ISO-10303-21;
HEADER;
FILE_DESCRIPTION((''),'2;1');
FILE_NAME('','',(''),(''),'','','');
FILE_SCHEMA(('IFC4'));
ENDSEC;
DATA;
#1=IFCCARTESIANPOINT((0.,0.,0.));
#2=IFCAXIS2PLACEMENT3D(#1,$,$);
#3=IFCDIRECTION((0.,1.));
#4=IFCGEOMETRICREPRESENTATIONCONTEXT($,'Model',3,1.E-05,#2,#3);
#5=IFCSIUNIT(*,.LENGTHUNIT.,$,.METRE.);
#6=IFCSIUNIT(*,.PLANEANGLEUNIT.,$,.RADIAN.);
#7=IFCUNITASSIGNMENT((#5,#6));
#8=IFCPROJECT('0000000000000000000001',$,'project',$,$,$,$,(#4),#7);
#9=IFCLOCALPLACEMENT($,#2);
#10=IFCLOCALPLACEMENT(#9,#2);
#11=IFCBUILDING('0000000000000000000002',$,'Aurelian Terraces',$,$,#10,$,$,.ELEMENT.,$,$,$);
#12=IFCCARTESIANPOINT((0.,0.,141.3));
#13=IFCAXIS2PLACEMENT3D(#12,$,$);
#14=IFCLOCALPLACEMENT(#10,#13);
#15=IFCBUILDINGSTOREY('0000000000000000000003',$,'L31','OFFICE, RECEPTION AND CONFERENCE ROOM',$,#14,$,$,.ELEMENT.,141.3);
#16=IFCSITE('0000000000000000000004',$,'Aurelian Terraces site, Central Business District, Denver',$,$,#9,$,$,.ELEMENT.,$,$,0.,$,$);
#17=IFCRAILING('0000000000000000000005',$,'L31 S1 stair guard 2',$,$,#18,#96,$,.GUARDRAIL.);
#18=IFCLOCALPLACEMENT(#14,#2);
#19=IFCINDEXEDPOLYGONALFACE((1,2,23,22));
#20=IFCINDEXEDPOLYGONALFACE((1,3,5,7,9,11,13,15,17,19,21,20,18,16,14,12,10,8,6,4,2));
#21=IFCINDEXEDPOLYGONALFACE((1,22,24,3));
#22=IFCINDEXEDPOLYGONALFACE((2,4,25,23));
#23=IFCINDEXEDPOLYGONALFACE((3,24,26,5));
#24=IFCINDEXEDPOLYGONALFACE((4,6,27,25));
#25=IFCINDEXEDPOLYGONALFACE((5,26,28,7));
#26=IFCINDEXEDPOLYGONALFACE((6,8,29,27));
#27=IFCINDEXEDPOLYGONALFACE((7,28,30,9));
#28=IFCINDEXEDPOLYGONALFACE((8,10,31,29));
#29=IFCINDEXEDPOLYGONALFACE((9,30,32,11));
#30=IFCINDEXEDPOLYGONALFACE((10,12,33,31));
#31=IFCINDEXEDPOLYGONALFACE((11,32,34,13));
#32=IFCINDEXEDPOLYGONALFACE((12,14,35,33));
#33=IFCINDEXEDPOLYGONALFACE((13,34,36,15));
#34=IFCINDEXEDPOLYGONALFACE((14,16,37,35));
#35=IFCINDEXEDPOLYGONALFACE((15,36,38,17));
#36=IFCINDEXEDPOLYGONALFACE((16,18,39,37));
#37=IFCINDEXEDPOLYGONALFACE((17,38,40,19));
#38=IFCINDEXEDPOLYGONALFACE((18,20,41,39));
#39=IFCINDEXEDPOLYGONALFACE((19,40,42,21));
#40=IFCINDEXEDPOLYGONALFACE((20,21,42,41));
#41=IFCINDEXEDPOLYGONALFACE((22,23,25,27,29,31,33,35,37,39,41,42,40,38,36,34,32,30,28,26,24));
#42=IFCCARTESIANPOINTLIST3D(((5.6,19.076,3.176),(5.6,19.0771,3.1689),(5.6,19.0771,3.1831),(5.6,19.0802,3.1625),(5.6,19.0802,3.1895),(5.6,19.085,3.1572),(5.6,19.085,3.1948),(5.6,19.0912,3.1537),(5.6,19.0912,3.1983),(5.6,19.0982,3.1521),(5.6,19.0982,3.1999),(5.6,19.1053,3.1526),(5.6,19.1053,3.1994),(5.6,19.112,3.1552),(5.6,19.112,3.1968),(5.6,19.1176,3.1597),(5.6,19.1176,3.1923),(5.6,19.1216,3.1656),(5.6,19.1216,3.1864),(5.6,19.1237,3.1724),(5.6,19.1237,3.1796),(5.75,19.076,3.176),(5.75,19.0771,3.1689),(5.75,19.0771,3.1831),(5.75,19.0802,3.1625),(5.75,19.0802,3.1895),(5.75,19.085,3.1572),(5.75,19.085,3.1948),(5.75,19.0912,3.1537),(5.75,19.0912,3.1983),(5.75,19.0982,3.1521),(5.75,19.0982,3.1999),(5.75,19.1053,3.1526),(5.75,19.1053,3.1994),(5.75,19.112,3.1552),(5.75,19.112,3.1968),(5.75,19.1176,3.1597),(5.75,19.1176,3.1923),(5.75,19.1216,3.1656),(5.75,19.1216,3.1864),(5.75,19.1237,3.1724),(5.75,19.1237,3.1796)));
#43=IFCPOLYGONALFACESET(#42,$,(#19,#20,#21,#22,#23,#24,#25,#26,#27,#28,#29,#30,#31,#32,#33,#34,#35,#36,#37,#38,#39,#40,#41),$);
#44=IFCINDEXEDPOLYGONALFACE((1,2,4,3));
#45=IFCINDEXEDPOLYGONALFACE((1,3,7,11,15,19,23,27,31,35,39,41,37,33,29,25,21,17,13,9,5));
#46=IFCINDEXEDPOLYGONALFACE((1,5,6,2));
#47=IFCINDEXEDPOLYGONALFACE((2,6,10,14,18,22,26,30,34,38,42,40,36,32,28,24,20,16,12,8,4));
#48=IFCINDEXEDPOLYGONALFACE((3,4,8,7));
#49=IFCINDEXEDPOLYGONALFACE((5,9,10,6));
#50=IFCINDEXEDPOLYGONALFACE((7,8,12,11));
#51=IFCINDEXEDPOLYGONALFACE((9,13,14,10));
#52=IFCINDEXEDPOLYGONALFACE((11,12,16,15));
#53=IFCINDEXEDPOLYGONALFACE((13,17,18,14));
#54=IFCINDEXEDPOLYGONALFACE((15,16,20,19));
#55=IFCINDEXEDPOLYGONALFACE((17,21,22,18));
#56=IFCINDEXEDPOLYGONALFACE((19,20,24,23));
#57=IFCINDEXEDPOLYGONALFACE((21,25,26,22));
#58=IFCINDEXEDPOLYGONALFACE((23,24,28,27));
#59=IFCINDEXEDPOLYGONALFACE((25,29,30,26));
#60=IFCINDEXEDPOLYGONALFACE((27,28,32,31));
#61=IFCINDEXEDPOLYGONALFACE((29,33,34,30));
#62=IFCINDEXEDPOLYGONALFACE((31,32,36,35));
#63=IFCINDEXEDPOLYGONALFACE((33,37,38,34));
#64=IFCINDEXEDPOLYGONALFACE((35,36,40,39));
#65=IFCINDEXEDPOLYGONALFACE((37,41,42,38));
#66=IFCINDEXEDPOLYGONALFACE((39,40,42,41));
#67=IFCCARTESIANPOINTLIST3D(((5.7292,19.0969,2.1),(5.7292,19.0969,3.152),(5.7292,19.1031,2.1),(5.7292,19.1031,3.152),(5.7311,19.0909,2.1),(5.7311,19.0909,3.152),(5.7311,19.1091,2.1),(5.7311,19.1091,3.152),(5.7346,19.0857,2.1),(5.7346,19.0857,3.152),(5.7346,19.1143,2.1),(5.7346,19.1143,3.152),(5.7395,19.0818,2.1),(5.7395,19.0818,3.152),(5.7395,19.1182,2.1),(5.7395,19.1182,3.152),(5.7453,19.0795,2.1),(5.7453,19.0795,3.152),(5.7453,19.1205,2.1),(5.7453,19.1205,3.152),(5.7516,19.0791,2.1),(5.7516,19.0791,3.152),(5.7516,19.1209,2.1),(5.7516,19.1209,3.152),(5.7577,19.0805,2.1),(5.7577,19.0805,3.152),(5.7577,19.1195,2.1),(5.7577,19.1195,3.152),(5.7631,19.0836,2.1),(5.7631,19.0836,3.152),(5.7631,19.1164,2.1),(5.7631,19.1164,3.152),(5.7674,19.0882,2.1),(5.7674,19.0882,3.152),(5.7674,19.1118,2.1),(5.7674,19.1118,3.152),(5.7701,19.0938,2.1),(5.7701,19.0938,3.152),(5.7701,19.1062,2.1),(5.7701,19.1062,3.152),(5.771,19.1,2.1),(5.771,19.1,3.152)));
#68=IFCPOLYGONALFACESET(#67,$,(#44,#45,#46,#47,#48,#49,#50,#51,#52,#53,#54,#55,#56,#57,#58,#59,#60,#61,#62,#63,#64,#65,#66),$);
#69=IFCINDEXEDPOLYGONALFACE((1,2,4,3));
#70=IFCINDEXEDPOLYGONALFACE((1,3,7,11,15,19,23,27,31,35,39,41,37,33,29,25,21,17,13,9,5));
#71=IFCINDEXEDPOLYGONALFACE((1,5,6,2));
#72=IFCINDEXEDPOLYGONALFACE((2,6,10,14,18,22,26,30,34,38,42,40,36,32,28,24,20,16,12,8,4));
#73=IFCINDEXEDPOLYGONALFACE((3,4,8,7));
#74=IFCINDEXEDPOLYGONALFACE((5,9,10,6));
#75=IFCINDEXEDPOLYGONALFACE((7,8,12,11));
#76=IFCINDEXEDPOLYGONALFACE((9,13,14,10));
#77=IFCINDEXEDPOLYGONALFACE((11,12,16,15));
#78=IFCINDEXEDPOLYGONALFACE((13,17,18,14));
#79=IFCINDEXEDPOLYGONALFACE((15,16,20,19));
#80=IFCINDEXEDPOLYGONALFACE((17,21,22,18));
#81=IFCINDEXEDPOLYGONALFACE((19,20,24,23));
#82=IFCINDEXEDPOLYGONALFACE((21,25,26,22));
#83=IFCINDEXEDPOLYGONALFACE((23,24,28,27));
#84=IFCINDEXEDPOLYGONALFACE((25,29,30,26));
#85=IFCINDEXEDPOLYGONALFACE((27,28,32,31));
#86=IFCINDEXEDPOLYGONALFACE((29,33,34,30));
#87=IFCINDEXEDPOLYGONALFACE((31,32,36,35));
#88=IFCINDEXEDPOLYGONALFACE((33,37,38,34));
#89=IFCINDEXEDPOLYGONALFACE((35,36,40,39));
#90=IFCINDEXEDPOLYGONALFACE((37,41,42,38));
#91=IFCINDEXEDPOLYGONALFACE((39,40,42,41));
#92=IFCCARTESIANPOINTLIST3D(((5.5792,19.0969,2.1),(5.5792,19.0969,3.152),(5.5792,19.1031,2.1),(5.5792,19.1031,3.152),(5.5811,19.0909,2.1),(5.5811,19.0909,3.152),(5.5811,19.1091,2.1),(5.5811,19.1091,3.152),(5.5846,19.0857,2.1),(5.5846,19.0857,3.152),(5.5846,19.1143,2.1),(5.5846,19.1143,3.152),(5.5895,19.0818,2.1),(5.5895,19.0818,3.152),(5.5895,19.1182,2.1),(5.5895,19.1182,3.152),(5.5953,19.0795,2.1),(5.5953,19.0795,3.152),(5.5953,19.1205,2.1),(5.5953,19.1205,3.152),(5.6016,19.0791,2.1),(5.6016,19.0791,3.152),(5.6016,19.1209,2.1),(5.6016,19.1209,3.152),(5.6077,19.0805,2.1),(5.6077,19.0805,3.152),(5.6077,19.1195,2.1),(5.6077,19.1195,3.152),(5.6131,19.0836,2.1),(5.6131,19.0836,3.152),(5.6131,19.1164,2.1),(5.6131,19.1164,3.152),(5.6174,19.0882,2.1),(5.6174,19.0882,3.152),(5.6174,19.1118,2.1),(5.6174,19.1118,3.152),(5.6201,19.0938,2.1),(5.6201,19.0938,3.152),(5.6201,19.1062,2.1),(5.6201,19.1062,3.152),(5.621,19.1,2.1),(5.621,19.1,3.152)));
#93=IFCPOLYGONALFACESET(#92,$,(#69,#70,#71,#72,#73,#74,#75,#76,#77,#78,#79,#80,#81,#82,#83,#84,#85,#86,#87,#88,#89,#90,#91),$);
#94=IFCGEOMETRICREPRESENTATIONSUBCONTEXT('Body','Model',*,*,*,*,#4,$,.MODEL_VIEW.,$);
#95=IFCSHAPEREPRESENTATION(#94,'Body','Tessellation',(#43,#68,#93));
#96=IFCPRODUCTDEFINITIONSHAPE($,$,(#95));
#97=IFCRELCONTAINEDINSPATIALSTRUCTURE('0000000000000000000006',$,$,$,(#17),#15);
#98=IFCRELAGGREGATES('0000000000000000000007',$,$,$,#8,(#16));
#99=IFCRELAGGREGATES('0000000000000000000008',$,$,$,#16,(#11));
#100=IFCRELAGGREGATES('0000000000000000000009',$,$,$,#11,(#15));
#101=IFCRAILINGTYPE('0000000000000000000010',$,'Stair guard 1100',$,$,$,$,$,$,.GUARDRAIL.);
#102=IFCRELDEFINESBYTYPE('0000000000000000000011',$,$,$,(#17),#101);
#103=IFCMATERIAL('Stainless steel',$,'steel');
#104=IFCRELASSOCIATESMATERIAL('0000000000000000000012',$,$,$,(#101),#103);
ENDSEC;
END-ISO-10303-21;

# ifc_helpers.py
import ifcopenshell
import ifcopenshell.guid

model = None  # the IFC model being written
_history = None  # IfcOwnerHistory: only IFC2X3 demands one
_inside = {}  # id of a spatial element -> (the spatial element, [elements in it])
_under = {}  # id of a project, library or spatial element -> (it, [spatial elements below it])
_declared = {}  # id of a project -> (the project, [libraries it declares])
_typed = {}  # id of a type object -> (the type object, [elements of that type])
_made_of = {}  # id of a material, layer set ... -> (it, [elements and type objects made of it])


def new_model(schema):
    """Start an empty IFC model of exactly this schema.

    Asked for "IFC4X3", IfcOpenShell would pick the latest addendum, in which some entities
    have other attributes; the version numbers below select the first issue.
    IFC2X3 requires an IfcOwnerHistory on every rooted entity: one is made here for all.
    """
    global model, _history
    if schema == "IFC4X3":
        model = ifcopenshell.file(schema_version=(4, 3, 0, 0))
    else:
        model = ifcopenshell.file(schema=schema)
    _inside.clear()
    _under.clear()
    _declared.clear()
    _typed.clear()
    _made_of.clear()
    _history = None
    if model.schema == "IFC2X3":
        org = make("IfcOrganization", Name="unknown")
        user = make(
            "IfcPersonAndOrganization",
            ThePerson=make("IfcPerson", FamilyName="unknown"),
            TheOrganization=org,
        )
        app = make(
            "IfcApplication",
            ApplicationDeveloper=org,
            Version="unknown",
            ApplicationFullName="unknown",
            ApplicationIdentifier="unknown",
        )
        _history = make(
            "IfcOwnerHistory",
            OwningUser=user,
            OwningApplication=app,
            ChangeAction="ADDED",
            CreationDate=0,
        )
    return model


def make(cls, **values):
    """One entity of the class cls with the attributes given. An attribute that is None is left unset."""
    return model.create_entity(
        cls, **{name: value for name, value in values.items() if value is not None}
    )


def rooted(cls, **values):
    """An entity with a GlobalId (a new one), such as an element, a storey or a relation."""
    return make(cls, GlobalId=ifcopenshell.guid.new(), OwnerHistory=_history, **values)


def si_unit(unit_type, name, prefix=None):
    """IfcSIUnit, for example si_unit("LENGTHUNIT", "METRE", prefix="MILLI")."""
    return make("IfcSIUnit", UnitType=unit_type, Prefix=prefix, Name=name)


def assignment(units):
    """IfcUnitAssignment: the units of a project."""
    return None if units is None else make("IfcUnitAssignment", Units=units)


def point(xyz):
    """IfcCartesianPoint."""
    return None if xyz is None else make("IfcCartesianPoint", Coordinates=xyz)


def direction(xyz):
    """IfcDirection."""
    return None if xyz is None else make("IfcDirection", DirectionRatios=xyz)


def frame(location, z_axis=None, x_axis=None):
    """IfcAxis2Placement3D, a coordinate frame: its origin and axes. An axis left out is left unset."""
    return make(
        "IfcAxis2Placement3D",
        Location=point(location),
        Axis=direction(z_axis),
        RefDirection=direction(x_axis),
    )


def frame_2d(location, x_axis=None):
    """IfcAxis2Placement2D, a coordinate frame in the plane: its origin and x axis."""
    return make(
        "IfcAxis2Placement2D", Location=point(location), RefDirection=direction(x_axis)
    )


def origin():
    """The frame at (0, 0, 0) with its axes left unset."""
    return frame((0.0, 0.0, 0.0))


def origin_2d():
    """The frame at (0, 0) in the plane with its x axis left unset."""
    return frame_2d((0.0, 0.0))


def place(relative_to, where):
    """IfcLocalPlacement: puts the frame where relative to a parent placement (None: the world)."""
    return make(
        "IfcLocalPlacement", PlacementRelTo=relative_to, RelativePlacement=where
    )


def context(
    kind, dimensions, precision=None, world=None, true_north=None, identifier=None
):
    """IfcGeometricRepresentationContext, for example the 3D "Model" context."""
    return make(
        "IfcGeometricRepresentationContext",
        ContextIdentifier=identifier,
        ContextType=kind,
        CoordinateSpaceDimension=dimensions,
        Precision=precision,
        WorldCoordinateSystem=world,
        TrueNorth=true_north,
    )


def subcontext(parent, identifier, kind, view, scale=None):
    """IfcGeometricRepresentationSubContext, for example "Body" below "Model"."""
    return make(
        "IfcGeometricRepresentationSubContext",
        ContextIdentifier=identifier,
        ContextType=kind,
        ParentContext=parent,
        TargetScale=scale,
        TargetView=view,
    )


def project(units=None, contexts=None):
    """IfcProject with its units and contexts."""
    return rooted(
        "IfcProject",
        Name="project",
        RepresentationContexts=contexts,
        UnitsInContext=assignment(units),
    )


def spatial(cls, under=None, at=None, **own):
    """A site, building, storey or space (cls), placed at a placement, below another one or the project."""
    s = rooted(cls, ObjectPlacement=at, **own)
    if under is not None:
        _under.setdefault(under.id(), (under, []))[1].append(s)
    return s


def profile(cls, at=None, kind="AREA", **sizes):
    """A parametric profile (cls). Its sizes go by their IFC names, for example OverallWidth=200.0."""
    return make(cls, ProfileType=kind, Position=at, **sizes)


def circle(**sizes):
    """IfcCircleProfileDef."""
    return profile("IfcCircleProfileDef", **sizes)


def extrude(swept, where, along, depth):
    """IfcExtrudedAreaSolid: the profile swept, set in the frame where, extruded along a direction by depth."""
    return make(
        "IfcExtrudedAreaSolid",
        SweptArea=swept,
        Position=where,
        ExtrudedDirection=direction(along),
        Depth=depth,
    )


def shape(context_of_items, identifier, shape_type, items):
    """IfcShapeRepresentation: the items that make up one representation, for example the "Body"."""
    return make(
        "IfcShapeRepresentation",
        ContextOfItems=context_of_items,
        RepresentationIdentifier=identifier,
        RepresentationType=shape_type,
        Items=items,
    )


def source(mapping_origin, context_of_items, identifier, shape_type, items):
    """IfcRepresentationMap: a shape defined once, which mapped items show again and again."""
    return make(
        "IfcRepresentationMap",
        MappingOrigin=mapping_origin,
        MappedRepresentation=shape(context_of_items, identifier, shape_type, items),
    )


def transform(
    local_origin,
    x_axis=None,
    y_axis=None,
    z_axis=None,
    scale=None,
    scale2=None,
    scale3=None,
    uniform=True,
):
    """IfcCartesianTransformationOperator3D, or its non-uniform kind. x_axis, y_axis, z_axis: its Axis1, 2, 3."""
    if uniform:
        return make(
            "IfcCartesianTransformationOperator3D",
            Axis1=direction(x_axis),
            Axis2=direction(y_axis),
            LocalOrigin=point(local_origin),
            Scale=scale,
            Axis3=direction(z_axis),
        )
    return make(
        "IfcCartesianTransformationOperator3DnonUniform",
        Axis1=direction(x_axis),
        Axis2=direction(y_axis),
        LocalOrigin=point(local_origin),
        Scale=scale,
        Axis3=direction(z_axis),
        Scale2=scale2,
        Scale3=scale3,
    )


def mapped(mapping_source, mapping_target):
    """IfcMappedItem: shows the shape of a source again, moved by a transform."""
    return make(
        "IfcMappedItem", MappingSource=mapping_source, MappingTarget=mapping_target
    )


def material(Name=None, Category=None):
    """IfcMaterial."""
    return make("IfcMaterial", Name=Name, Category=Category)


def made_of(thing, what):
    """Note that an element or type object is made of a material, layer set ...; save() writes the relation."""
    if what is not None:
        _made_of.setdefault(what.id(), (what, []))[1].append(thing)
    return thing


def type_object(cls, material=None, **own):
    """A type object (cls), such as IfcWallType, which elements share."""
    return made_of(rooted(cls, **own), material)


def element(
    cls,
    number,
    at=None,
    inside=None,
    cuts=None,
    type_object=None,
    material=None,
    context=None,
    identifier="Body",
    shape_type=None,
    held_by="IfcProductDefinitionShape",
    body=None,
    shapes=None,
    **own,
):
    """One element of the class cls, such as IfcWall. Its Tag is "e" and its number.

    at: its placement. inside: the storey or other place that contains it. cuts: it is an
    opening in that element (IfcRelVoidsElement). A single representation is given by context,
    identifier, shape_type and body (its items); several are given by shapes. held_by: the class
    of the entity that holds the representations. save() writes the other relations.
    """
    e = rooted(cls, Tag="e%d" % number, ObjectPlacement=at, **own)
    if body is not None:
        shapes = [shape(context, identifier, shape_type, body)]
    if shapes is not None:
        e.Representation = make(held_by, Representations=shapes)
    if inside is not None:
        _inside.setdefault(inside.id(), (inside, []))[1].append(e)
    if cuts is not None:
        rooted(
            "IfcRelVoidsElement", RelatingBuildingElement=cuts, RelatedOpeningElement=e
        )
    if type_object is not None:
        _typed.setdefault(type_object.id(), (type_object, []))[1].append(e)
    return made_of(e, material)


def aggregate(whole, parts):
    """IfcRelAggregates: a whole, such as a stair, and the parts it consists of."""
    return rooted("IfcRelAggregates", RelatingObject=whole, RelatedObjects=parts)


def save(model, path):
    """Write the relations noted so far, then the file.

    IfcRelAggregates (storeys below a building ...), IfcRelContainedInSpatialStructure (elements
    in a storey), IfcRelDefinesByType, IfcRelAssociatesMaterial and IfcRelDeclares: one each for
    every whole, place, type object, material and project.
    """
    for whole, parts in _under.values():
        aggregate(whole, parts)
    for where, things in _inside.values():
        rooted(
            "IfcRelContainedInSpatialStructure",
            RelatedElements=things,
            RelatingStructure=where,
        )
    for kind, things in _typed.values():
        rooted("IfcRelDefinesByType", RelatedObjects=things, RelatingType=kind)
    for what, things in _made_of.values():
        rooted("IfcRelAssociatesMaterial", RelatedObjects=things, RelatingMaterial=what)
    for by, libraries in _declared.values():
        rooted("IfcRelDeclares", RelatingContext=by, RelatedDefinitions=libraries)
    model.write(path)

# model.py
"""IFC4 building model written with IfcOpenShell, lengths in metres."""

from ifc_helpers import new_model, si_unit, direction, frame, origin, origin_2d, place, context, subcontext, project, spatial, circle, extrude, source, transform, mapped, material, type_object, element, save


model = new_model("IFC4")

# Units and contexts
model_context = context("Model", 3, precision=1e-05, world=origin(), true_north=direction((0.0, 1.0)))
body_context = subcontext(model_context, "Body", "Model", "MODEL_VIEW")
ifc_project = project(units=[si_unit("LENGTHUNIT", "METRE"), si_unit("PLANEANGLEUNIT", "RADIAN")], contexts=[model_context])

# Site, building, storey
site_placement = place(None, origin())
site = spatial("IfcSite", under=ifc_project, at=site_placement, Name="Aurelian Terraces site, Central Business District, Denver", CompositionType="ELEMENT", RefElevation=0.0)
building_placement = place(site_placement, origin())
building = spatial("IfcBuilding", under=site, at=building_placement, Name="Aurelian Terraces", CompositionType="ELEMENT")
storey_placement = place(building_placement, frame((0.0, 0.0, 141.3)))
storey = spatial("IfcBuildingStorey", under=building, at=storey_placement, Name="L31", Description="OFFICE, RECEPTION AND CONFERENCE ROOM", CompositionType="ELEMENT", Elevation=141.3)

# Railing
ifc_material_1 = material(Name="Stainless steel", Category="steel")
railing_type_1 = type_object("IfcRailingType", Name="Stair guard 1100", PredefinedType="GUARDRAIL", material=ifc_material_1)
shared_shape_1 = source(origin(), body_context, "Body", "SweptSolid", [
    extrude(circle(Radius=0.024, at=origin_2d()), frame((0.0, 0.0, 1.076), z_axis=(-1.0, 0.0, 0.0), x_axis=(0.0, -1.0, 0.0)), (0.0, 0.0, 1.0), 0.15),
    extrude(circle(Radius=0.021, at=origin_2d()), origin(), (0.0, 0.0, 1.0), 1.052),
    extrude(circle(Radius=0.021, at=origin_2d()), frame((-0.15, 0.0, 0.0)), (0.0, 0.0, 1.0), 1.052),
])
railing_1_placement = place(storey_placement, frame((5.75, 19.1, 2.1)))
element("IfcRailing", 1, at=railing_1_placement, inside=storey, type_object=railing_type_1, Name="L31 S1 stair guard 2", PredefinedType="GUARDRAIL", context=body_context, shape_type="MappedRepresentation", body=[
    mapped(shared_shape_1, transform((0.0, 0.0, 0.0), scale=1.0)),
])

save(model, "model.ifc")
